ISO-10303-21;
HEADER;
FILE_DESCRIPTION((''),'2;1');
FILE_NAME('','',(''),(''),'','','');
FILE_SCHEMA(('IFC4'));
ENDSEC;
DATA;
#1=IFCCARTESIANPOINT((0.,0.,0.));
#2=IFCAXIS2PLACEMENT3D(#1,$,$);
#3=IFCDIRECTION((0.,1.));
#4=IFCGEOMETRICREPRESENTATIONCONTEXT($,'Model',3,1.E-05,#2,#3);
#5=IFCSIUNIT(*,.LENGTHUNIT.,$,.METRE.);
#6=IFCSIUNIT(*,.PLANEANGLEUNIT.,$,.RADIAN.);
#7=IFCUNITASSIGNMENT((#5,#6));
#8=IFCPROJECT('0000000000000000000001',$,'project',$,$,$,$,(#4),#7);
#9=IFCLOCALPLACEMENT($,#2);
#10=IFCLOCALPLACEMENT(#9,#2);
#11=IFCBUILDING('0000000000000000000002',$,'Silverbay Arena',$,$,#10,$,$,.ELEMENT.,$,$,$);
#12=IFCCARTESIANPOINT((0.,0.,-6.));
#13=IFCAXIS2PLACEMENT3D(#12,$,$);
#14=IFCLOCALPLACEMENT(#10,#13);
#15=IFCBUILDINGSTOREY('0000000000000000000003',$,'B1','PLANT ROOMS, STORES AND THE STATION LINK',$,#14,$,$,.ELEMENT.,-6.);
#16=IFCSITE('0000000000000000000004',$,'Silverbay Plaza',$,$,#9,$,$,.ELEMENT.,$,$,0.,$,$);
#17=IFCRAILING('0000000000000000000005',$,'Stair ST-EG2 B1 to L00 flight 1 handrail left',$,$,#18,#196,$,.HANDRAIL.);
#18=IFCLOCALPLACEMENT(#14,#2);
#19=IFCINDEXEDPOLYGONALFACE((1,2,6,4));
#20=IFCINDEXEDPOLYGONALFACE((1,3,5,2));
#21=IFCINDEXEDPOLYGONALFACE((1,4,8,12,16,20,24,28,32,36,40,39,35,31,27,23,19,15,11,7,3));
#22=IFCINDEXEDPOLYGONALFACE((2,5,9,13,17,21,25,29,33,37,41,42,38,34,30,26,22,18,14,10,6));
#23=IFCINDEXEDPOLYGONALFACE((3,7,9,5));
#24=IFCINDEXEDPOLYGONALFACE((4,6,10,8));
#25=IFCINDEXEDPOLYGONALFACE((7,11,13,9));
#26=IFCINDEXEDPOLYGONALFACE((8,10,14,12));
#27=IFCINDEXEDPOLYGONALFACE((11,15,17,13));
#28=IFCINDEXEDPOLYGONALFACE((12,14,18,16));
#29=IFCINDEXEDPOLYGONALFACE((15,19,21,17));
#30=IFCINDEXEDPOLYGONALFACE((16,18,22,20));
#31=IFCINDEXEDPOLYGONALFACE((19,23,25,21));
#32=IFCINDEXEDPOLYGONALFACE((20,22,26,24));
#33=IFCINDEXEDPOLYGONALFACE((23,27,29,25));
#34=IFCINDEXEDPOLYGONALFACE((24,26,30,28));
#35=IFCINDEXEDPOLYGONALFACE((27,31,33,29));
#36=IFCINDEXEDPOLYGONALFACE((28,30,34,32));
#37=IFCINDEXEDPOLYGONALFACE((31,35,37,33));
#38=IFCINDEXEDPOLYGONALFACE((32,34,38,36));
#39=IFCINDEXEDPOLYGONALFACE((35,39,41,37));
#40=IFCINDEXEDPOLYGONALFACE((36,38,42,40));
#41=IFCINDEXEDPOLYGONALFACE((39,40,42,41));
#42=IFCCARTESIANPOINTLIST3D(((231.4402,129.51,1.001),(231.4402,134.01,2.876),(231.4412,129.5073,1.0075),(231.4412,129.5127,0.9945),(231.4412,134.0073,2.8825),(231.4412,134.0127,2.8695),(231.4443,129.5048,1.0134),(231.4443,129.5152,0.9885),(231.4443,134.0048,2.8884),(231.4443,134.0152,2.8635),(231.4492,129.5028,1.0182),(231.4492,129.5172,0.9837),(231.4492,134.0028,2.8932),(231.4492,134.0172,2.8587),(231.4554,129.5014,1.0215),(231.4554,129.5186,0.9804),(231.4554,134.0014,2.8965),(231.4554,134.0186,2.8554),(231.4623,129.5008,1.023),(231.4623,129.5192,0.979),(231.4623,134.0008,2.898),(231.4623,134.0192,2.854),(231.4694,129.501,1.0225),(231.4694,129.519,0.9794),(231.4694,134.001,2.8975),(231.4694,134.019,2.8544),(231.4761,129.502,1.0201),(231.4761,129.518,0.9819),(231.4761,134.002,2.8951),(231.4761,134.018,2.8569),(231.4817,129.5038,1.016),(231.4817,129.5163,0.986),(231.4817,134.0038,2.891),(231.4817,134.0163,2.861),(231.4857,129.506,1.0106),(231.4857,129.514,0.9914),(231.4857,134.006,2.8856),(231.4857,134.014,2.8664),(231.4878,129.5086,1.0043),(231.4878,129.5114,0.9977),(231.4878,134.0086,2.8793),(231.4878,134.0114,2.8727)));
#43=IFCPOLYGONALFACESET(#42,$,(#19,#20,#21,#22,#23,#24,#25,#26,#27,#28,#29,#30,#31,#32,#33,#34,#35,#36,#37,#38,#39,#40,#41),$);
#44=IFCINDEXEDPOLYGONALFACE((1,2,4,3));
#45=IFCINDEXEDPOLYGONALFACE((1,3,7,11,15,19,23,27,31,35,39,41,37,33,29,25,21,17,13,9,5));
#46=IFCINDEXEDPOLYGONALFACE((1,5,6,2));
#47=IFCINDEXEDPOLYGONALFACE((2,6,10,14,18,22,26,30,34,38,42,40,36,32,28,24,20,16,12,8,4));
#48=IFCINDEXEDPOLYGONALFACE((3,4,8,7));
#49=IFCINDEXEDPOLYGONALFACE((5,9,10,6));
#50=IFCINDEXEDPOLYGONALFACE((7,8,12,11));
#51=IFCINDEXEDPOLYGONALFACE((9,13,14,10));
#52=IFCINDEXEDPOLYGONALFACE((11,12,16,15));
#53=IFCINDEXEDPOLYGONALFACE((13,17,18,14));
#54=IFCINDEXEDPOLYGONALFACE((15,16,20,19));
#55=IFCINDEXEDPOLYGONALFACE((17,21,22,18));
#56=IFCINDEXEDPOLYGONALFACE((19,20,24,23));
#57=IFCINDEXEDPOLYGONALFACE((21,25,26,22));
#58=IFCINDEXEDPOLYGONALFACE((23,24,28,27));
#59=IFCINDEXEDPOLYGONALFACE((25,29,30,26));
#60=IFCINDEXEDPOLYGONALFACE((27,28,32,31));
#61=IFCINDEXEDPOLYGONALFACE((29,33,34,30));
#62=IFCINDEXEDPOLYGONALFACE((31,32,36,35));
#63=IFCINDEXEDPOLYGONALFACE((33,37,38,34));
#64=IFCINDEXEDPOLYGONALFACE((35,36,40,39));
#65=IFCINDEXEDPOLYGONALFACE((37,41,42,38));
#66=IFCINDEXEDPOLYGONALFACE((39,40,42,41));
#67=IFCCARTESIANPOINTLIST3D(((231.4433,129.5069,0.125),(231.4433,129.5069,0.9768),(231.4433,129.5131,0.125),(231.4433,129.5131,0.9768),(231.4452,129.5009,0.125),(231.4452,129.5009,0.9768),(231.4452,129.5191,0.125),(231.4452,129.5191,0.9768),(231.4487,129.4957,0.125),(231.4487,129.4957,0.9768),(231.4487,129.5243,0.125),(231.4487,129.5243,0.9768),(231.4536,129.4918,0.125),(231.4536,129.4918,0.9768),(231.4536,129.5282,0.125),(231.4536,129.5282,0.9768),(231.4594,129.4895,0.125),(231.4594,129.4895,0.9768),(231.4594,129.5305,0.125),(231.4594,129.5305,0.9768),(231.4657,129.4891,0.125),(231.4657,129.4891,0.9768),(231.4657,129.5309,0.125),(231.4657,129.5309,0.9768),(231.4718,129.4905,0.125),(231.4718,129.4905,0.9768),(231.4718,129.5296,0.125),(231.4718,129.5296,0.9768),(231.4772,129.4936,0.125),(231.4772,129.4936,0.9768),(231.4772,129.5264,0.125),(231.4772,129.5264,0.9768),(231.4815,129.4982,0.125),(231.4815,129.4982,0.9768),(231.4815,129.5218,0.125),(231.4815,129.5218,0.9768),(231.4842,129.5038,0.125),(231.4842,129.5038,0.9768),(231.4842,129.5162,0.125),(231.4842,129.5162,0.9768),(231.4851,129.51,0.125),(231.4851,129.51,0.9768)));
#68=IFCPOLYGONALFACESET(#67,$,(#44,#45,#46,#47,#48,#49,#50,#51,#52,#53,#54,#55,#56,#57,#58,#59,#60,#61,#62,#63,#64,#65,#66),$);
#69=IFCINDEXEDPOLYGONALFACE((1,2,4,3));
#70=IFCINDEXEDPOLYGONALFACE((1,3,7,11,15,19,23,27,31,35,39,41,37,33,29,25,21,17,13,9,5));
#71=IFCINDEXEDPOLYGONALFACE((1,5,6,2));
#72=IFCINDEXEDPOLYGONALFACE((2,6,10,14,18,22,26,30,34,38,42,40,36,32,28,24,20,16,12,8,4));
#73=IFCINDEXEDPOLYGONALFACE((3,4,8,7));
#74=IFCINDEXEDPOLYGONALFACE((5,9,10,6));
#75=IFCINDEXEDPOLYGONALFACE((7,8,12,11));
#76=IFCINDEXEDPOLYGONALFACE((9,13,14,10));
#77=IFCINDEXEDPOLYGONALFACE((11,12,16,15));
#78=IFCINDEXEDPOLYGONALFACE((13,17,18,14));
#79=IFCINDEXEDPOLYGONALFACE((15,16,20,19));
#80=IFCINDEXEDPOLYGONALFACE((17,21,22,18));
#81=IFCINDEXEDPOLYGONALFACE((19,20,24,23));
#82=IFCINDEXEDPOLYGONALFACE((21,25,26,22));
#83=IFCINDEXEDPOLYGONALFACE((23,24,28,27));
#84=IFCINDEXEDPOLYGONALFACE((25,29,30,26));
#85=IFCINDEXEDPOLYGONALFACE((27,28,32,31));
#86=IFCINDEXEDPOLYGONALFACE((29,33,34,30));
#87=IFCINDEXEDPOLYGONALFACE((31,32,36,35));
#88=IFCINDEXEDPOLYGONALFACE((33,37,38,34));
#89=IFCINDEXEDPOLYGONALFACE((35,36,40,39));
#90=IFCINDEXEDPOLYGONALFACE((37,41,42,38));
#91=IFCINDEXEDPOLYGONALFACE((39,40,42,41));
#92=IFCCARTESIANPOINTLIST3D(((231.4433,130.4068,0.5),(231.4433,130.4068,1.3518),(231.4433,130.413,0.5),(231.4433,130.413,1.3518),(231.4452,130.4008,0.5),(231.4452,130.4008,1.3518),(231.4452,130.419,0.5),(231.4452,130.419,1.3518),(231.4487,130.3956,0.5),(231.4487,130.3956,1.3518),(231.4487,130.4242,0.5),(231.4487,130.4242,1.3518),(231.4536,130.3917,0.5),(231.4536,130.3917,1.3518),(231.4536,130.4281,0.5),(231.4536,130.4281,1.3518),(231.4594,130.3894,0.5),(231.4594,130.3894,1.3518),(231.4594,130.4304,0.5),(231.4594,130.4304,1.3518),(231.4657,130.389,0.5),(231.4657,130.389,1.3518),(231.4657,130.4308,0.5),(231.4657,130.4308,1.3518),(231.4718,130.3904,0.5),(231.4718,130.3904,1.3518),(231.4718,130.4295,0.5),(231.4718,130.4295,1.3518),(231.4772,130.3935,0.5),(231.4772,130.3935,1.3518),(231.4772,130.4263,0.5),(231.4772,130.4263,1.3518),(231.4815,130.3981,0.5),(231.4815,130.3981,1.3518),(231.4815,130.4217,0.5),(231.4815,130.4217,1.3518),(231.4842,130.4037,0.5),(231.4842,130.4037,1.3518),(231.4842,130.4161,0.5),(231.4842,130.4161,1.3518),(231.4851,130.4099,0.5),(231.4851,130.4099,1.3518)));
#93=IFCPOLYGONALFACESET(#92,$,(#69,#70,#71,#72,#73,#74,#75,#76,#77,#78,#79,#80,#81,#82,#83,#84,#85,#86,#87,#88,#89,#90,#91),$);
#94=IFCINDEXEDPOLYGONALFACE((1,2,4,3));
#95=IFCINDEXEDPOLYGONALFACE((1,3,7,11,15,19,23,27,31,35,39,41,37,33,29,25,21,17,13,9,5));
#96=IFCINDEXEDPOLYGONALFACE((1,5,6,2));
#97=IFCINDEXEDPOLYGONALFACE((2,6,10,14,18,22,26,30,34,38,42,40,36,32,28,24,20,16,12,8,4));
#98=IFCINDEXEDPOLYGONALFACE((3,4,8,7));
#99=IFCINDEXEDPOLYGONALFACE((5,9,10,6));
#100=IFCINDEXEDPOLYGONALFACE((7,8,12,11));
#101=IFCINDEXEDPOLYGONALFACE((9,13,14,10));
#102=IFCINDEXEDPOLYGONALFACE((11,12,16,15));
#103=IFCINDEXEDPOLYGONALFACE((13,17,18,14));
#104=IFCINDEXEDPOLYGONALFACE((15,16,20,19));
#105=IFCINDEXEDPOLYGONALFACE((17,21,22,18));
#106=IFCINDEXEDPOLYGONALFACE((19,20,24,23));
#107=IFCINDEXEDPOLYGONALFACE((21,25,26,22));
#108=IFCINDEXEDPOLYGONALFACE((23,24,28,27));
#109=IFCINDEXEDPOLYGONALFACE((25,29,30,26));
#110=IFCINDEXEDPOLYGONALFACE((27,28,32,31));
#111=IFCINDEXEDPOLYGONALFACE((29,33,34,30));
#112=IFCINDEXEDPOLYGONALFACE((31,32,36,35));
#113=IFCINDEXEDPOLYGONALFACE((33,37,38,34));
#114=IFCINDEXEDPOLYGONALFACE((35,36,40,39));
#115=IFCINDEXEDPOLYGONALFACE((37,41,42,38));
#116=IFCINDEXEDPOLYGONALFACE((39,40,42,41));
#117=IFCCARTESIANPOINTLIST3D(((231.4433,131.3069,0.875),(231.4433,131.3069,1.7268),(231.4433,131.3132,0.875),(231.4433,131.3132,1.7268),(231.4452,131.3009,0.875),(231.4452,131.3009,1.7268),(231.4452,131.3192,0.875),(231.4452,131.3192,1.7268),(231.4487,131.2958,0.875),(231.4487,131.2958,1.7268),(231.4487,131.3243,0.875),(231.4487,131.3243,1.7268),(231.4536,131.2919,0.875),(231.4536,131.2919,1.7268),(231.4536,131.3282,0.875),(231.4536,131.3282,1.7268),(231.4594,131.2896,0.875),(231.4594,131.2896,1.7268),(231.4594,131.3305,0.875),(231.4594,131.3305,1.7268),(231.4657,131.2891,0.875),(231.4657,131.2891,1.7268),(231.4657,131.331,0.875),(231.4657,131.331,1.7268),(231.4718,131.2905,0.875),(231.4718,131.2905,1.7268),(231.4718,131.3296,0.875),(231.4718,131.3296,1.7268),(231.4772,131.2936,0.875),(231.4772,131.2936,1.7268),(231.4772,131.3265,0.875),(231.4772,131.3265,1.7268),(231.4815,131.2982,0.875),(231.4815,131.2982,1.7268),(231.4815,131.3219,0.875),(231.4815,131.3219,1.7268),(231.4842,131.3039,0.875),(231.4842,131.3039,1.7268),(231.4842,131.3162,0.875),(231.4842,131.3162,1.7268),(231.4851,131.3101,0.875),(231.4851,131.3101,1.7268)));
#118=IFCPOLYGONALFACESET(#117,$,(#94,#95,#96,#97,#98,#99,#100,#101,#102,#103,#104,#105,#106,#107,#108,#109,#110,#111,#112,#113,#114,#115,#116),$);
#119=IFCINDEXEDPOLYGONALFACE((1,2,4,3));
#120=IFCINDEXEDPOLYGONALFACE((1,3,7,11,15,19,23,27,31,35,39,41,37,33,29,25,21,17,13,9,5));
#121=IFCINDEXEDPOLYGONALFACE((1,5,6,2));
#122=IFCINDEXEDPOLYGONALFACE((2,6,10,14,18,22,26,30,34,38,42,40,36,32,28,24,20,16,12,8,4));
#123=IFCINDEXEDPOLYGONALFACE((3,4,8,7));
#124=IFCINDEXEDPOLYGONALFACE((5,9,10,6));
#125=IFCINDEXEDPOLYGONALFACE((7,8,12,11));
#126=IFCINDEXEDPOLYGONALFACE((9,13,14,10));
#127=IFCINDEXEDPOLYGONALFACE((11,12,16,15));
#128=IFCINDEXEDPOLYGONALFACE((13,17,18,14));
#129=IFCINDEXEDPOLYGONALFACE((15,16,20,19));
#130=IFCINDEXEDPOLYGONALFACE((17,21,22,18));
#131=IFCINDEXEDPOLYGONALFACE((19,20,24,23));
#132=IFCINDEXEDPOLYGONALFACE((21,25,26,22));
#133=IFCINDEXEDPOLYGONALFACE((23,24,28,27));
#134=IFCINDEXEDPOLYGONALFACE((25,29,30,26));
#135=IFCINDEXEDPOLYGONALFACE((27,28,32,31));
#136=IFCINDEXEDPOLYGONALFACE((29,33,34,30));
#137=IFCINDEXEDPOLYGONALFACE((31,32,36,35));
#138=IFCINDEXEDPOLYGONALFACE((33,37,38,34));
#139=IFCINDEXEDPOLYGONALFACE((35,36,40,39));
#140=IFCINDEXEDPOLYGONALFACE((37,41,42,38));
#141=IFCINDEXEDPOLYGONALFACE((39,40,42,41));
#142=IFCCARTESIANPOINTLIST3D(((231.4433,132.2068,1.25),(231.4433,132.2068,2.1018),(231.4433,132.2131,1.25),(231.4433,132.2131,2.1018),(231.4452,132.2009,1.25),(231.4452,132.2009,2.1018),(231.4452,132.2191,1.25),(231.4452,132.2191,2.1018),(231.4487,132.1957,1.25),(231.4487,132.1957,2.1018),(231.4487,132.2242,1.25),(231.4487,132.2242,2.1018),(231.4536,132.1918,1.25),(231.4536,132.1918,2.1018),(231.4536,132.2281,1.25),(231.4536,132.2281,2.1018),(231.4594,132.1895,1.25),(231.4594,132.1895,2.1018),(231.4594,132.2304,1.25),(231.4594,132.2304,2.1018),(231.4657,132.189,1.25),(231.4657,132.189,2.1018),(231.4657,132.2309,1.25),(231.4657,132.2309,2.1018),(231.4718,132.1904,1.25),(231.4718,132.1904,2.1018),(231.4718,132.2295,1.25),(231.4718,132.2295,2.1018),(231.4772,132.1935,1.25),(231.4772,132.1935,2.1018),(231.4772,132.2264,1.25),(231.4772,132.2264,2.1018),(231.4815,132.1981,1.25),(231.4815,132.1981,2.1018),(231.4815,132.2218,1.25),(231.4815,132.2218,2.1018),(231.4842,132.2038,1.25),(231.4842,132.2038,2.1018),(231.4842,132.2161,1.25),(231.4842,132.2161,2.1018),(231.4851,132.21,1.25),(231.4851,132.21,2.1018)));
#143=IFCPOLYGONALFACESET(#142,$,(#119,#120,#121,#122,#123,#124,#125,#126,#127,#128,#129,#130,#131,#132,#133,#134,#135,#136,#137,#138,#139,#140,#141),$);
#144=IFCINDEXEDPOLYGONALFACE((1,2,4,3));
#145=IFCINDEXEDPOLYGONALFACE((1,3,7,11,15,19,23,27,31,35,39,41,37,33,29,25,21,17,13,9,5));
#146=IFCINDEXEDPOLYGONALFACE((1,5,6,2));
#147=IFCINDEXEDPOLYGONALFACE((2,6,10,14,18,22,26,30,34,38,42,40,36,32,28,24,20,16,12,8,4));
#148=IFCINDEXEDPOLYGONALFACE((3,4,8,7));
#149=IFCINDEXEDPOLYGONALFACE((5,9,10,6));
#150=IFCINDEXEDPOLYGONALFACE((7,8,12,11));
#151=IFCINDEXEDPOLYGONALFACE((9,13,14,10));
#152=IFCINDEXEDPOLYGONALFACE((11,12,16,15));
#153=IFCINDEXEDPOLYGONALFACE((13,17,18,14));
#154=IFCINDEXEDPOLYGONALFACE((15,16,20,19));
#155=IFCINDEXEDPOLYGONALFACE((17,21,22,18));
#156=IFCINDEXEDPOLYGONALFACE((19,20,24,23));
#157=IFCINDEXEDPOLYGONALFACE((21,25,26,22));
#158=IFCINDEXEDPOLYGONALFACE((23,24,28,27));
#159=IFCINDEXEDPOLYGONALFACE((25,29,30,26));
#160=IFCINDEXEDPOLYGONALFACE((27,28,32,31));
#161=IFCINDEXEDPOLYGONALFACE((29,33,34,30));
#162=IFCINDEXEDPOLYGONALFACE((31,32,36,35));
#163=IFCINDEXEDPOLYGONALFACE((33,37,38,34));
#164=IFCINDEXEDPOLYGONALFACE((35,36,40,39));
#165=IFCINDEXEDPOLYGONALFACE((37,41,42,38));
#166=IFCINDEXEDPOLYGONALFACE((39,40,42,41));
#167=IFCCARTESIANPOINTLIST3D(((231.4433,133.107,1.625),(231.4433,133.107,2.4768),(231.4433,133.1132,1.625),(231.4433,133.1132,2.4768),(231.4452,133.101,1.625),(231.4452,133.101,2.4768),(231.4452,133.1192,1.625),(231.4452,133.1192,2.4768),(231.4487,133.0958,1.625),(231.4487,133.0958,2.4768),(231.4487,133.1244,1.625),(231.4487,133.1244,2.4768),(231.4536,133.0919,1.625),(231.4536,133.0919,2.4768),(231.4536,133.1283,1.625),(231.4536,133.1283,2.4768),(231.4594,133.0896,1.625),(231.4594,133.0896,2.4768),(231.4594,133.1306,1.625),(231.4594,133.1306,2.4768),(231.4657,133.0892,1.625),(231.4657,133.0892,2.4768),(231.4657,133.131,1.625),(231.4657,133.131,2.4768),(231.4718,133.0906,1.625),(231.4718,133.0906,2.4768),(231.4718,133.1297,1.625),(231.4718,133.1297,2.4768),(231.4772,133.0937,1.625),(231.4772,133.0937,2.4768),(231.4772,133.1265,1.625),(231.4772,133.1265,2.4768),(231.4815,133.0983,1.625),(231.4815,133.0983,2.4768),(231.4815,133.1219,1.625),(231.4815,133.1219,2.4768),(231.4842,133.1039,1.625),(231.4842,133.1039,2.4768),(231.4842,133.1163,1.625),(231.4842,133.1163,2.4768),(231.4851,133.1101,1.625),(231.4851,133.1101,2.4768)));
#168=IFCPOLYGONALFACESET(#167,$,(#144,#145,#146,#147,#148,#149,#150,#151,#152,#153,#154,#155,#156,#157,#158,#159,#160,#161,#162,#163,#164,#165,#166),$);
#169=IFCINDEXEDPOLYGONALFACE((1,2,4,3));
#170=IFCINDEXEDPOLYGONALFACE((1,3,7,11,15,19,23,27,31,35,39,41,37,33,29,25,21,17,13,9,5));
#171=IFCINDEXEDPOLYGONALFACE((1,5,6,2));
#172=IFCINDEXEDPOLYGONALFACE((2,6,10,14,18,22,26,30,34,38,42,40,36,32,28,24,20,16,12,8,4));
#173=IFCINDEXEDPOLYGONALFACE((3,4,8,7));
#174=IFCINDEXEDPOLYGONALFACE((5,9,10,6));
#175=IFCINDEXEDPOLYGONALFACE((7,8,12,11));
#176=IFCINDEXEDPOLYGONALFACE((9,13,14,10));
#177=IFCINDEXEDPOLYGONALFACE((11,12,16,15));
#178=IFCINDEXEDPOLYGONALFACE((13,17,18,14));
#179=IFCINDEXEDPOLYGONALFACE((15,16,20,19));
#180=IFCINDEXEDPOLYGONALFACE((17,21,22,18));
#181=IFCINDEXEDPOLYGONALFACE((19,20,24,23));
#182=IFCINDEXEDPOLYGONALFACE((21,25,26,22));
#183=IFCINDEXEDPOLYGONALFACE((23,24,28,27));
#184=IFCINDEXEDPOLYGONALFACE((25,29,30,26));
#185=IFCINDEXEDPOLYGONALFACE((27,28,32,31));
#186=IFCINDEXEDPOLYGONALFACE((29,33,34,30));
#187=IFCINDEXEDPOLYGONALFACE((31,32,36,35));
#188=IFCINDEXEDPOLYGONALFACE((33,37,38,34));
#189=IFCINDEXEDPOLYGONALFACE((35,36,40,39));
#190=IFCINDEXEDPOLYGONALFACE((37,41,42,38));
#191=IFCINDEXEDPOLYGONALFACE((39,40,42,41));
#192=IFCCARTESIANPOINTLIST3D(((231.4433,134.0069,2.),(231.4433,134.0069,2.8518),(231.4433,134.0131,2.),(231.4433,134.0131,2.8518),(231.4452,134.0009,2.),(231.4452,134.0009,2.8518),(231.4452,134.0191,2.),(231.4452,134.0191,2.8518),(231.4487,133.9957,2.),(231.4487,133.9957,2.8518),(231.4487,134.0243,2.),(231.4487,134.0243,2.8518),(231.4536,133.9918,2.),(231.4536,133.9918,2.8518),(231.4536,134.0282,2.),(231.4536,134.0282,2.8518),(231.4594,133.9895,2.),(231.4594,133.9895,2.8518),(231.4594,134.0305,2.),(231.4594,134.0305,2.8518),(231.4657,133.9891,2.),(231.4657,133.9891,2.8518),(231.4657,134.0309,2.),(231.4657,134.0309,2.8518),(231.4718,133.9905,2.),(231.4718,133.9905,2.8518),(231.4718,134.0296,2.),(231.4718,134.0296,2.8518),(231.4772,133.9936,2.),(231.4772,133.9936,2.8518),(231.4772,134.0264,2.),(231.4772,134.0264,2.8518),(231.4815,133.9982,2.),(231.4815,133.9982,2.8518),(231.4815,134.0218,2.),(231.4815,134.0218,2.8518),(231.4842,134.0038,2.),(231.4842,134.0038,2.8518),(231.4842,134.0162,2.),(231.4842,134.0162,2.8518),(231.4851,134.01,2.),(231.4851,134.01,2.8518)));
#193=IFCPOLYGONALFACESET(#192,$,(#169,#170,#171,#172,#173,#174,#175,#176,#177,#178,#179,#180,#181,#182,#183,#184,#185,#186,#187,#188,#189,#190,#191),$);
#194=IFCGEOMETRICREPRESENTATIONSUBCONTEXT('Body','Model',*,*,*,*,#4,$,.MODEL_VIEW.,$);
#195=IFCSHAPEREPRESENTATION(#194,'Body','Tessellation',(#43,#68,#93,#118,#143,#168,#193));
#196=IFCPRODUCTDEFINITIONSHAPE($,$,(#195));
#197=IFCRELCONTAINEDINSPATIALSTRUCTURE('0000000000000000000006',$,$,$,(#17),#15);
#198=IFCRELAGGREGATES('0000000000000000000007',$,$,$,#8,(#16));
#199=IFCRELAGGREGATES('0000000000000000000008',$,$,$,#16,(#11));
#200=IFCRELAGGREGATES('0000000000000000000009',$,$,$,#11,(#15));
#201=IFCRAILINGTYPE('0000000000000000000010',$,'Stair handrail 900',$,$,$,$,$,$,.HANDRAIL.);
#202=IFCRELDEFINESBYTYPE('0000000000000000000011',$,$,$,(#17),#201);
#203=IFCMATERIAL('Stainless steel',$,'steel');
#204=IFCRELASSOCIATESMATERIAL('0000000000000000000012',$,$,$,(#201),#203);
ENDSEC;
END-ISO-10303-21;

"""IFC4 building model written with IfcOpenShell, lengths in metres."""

from ifc_helpers import new_model, si_unit, direction, frame, origin, origin_2d, place, context, subcontext, project, spatial, circle, extrude, material, type_object, element, save


model = new_model("IFC4")

# Units and contexts
model_context = context("Model", 3, precision=1e-05, world=origin(), true_north=direction((0.0, 1.0)))
body_context = subcontext(model_context, "Body", "Model", "MODEL_VIEW")
ifc_project = project(units=[si_unit("LENGTHUNIT", "METRE"), si_unit("PLANEANGLEUNIT", "RADIAN")], contexts=[model_context])

# Site, building, storey
site_placement = place(None, origin())
site = spatial("IfcSite", under=ifc_project, at=site_placement, Name="Silverbay Plaza", CompositionType="ELEMENT", RefElevation=0.0)
building_placement = place(site_placement, origin())
building = spatial("IfcBuilding", under=site, at=building_placement, Name="Silverbay Arena", CompositionType="ELEMENT")
storey_placement = place(building_placement, frame((0.0, 0.0, -6.0)))
storey = spatial("IfcBuildingStorey", under=building, at=storey_placement, Name="B1", Description="PLANT ROOMS, STORES AND THE STATION LINK", CompositionType="ELEMENT", Elevation=-6.0)

# Railing
ifc_material_1 = material(Name="Stainless steel", Category="steel")
railing_type_1 = type_object("IfcRailingType", Name="Stair handrail 900", PredefinedType="HANDRAIL", material=ifc_material_1)
for number, where, name in (
    (1, (231.4641, 129.51, 0.125), "Stair ST-EG2 B1 to L00 flight 1 handrail left"),
):
    element("IfcRailing", number, at=place(storey_placement, frame(where)), inside=storey, type_object=railing_type_1, Name=name, PredefinedType="HANDRAIL", context=body_context, shape_type="SweptSolid", body=[
        extrude(circle(Radius=0.0239, at=origin_2d()), frame((0.0, 0.0, 0.876), z_axis=(0.0, 0.923077, 0.384615), x_axis=(-1.0, 0.0, 0.0)), (0.0, 0.0, 1.0), 4.875),
        extrude(circle(Radius=0.021, at=origin_2d()), origin(), (0.0, 0.0, 1.0), 0.8518),
        extrude(circle(Radius=0.021, at=origin_2d()), frame((0.0, 0.8999, 0.375)), (0.0, 0.0, 1.0), 0.8518),
        extrude(circle(Radius=0.021, at=origin_2d()), frame((0.0, 1.8, 0.75)), (0.0, 0.0, 1.0), 0.8518),
        extrude(circle(Radius=0.021, at=origin_2d()), frame((0.0, 2.7, 1.125)), (0.0, 0.0, 1.0), 0.8518),
        extrude(circle(Radius=0.021, at=origin_2d()), frame((0.0, 3.6001, 1.5)), (0.0, 0.0, 1.0), 0.8518),
        extrude(circle(Radius=0.021, at=origin_2d()), frame((0.0, 4.5, 1.875)), (0.0, 0.0, 1.0), 0.8518),
    ])

save(model, "model.ifc")
